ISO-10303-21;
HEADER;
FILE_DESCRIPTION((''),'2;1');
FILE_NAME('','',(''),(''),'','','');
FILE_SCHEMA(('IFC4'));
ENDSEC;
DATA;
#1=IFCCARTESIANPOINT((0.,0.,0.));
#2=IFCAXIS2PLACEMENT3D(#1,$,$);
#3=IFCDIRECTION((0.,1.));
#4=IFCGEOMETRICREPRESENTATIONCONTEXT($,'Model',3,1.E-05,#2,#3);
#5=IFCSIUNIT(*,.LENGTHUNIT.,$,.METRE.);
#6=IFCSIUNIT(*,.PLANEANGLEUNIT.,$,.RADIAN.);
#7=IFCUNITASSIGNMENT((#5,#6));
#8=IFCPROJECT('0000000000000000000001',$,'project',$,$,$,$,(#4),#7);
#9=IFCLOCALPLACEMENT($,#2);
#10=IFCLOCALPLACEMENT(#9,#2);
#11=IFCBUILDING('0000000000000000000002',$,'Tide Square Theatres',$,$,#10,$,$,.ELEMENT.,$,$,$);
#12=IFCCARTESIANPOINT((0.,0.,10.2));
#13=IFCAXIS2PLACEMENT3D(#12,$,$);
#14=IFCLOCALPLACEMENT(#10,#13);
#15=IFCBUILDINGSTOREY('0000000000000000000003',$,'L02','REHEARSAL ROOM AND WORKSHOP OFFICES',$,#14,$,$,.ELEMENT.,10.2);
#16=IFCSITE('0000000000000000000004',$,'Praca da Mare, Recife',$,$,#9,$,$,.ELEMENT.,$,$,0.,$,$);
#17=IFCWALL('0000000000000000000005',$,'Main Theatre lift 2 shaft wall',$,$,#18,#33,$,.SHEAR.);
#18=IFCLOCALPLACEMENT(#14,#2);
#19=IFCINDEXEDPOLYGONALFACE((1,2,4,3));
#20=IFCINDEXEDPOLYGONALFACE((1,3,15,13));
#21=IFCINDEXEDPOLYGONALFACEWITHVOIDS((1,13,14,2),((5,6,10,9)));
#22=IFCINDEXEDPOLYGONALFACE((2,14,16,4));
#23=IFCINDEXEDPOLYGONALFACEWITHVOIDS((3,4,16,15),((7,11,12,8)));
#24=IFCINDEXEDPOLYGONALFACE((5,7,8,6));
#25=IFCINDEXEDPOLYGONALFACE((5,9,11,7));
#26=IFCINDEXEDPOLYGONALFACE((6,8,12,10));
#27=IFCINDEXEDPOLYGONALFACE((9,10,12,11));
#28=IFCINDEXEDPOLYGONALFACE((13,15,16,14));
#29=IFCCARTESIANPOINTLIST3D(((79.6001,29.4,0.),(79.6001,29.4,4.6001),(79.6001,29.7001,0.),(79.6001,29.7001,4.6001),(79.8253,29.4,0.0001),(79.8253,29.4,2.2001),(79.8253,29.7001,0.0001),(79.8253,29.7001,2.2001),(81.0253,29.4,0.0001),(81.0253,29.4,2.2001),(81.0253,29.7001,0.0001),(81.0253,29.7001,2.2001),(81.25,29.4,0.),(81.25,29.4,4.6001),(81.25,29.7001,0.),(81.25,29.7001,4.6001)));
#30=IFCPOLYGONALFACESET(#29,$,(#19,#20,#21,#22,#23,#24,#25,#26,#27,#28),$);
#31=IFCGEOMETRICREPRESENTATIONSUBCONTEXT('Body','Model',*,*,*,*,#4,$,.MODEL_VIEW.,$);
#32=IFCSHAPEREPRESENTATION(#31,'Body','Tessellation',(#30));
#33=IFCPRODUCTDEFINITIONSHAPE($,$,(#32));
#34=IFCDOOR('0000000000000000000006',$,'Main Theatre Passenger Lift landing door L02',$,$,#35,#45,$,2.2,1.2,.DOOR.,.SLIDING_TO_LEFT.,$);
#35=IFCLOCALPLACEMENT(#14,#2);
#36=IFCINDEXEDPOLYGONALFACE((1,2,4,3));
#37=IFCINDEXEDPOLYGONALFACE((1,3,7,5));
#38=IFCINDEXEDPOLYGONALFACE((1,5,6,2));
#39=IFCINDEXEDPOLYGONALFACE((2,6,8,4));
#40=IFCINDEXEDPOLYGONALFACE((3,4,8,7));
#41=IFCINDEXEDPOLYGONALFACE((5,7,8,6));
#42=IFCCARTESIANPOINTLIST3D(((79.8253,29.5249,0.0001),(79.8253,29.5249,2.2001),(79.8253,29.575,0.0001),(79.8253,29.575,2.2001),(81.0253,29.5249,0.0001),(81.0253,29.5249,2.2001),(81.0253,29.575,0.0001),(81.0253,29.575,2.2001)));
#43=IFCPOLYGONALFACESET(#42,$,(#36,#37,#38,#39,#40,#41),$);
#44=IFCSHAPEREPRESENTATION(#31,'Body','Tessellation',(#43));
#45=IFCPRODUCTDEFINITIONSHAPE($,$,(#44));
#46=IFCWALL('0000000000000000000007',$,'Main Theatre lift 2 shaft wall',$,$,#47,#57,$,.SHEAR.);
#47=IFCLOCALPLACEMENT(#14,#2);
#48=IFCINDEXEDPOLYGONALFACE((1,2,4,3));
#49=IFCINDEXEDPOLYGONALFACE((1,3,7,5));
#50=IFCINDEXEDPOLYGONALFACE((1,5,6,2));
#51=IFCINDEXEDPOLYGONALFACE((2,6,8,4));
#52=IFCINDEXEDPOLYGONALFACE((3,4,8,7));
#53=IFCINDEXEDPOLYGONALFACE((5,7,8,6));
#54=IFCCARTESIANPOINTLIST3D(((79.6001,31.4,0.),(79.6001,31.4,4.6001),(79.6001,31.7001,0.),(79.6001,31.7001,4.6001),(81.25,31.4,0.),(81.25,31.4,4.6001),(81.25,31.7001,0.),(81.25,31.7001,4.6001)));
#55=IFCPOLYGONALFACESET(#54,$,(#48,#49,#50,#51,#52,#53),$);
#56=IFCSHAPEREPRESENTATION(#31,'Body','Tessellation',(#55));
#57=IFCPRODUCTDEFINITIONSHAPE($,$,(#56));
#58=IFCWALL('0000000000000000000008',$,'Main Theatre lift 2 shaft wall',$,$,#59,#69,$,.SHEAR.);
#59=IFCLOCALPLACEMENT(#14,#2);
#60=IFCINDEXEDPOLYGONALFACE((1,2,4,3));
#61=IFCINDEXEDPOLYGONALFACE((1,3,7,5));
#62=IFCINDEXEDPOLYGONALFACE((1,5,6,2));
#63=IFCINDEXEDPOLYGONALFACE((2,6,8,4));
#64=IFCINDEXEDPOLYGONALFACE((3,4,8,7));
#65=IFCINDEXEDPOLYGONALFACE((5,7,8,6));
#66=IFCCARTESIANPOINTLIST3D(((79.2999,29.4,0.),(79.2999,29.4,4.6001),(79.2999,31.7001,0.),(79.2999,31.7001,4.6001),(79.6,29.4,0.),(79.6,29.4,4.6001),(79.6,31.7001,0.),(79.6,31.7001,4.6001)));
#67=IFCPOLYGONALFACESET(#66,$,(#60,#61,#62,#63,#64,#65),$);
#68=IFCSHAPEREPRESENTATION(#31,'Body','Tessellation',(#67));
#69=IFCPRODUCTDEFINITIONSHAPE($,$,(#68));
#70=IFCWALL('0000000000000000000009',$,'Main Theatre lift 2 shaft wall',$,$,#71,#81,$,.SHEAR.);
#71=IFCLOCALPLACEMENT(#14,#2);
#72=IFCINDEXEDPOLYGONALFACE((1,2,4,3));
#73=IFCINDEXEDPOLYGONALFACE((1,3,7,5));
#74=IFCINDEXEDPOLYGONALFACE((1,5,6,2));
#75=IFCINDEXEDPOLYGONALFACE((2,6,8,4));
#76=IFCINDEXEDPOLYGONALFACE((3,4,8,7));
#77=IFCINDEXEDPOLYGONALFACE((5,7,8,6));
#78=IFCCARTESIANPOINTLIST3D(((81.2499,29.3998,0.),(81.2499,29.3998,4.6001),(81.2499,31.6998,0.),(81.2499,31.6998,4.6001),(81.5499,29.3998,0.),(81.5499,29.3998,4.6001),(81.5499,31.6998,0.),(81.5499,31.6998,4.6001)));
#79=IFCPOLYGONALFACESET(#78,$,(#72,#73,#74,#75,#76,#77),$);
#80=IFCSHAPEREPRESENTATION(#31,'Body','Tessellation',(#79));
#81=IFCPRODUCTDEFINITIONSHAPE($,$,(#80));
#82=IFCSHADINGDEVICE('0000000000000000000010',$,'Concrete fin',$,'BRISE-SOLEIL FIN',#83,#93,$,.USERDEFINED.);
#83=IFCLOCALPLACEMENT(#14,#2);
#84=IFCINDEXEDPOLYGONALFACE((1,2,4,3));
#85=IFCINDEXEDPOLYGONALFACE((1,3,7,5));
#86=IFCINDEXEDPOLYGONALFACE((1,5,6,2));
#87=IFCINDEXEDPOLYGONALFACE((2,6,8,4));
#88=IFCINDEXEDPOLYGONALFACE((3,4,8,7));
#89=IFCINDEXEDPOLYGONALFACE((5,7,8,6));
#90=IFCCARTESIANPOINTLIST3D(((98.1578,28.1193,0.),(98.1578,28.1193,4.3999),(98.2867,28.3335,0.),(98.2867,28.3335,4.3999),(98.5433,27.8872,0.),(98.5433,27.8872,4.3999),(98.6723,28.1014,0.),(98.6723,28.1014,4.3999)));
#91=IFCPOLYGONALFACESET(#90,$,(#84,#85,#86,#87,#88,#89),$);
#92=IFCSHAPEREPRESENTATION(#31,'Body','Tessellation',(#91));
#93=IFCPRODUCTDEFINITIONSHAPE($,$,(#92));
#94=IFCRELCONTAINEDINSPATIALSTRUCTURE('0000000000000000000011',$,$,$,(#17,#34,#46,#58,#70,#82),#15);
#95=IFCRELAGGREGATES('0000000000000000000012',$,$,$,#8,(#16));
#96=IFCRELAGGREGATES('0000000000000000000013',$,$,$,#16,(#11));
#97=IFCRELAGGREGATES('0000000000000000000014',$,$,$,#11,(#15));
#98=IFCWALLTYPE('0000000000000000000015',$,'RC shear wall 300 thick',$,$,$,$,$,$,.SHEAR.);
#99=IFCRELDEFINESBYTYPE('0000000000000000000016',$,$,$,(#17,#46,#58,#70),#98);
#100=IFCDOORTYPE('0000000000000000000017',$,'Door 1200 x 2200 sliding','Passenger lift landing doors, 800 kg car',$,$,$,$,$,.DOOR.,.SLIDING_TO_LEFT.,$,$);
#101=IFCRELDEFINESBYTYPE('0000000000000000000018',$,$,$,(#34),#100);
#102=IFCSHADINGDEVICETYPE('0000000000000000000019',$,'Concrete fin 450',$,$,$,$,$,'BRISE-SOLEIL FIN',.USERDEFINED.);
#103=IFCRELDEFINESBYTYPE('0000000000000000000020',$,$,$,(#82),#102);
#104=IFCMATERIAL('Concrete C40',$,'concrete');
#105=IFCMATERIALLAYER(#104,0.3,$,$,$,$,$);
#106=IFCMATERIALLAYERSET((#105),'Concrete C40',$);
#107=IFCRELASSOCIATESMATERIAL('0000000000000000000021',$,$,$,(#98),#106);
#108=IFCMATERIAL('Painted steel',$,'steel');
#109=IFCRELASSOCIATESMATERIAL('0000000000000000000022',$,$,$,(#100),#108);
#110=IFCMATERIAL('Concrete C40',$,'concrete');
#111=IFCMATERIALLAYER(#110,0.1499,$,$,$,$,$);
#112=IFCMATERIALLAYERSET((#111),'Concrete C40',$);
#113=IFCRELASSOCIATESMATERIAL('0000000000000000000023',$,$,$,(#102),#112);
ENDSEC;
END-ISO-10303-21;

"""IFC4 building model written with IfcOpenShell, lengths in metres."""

from ifc_helpers import new_model, si_unit, direction, frame, frame_2d, origin, origin_2d, place, context, subcontext, project, spatial, rectangle, extrude, material, layer, layer_set, type_object, element, fill, save


model = new_model("IFC4")

# Units and contexts
model_context = context("Model", 3, precision=1e-05, world=origin(), true_north=direction((0.0, 1.0)))
body_context = subcontext(model_context, "Body", "Model", "MODEL_VIEW")
ifc_project = project(units=[si_unit("LENGTHUNIT", "METRE"), si_unit("PLANEANGLEUNIT", "RADIAN")], contexts=[model_context])

# Site, building, storey
site_placement = place(None, origin())
site = spatial("IfcSite", under=ifc_project, at=site_placement, Name="Praca da Mare, Recife", CompositionType="ELEMENT", RefElevation=0.0)
building_placement = place(site_placement, origin())
building = spatial("IfcBuilding", under=site, at=building_placement, Name="Tide Square Theatres", CompositionType="ELEMENT")
storey_placement = place(building_placement, frame((0.0, 0.0, 10.2)))
storey = spatial("IfcBuildingStorey", under=building, at=storey_placement, Name="L02", Description="REHEARSAL ROOM AND WORKSHOP OFFICES", CompositionType="ELEMENT", Elevation=10.2)

# Shared definitions
ifc_material_1 = material(Name="Concrete C40", Category="concrete")
ifc_layer_1 = layer(ifc_material_1, 0.3)
ifc_layer_set_1 = layer_set([ifc_layer_1], Name="Concrete C40")
wall_type_1 = type_object("IfcWallType", Name="RC shear wall 300 thick", PredefinedType="SHEAR", material=ifc_layer_set_1)

# Wall, opening, door
wall_1_placement = place(storey_placement, frame((79.6001, 29.55, 0.0), z_axis=(0.0, 0.0, 1.0), x_axis=(1.0, 0.0, 0.0)))
wall_1 = element("IfcWall", 1, at=wall_1_placement, inside=storey, type_object=wall_type_1, Name="Main Theatre lift 2 shaft wall", PredefinedType="SHEAR", context=body_context, shape_type="SweptSolid", body=[
    extrude(rectangle(XDim=1.6499, YDim=0.3, at=frame_2d((0.825, 0.0))), origin(), (0.0, 0.0, 1.0), 4.6001),
])
opening_1_placement = place(wall_1_placement, frame((0.2251, 0.0, 0.0)))
opening_1 = element("IfcOpeningElement", 2, at=opening_1_placement, cuts=wall_1, PredefinedType="OPENING", context=body_context, shape_type="SweptSolid", body=[
    extrude(rectangle(XDim=1.2, YDim=2.2, at=frame_2d((0.6001, 1.1001))), frame((0.0, 0.1599, 0.0), z_axis=(0.0, -1.0, 0.0), x_axis=(1.0, 0.0, 0.0)), (0.0, 0.0, 1.0), 0.3201),
])
ifc_material_2 = material(Name="Painted steel", Category="steel")
door_type_1 = type_object("IfcDoorType", Name="Door 1200 x 2200 sliding", Description="Passenger lift landing doors, 800 kg car", OperationType="SLIDING_TO_LEFT", PredefinedType="DOOR", material=ifc_material_2)
door_1_placement = place(opening_1_placement, origin())
door_1 = element("IfcDoor", 3, at=door_1_placement, inside=storey, type_object=door_type_1, Name="Main Theatre Passenger Lift landing door L02", OperationType="SLIDING_TO_LEFT", OverallHeight=2.2, OverallWidth=1.2, PredefinedType="DOOR", context=body_context, shape_type="SweptSolid", body=[
    extrude(rectangle(XDim=1.2, YDim=2.2, at=frame_2d((0.6001, 1.1001))), frame((0.0, 0.0249, 0.0), z_axis=(0.0, -1.0, 0.0), x_axis=(1.0, 0.0, 0.0)), (0.0, 0.0, 1.0), 0.05),
])
fill(opening_1, door_1)

# Walls
wall_2_placement = place(storey_placement, frame((81.25, 31.55, 0.0), z_axis=(0.0, 0.0, 1.0), x_axis=(-1.0, 0.0, 0.0)))
element("IfcWall", 4, at=wall_2_placement, inside=storey, type_object=wall_type_1, Name="Main Theatre lift 2 shaft wall", PredefinedType="SHEAR", context=body_context, shape_type="SweptSolid", body=[
    extrude(rectangle(XDim=1.6499, YDim=0.3, at=frame_2d((0.825, 0.0))), origin(), (0.0, 0.0, 1.0), 4.6001),
])
for number, where, z_axis, x_axis, name in (
    (5, (79.45, 31.7, 0.0), (0.0, 0.0, 1.0), (0.0, -1.0, 0.0), "Main Theatre lift 2 shaft wall"),
    (6, (81.3999, 29.3999, 0.0), (0.0, 0.0, 1.0), (0.0, 1.0, 0.0), "Main Theatre lift 2 shaft wall"),
):
    element("IfcWall", number, at=place(storey_placement, frame(where, z_axis=z_axis, x_axis=x_axis)), inside=storey, type_object=wall_type_1, Name=name, PredefinedType="SHEAR", context=body_context, shape_type="SweptSolid", body=[
        extrude(rectangle(XDim=2.3, YDim=0.3, at=frame_2d((1.1499, 0.0))), origin(), (0.0, 0.0, 1.0), 4.6001),
    ])

# Shading device
ifc_material_3 = material(Name="Concrete C40", Category="concrete")
ifc_layer_2 = layer(ifc_material_3, 0.1499)
ifc_layer_set_2 = layer_set([ifc_layer_2], Name="Concrete C40")
shading_device_type = type_object("IfcShadingDeviceType", Name="Concrete fin 450", ElementType="BRISE-SOLEIL FIN", PredefinedType="USERDEFINED", material=ifc_layer_set_2)
shading_device_placement = place(storey_placement, frame((98.415, 28.1104, 0.0), z_axis=(0.0, 0.0, 1.0), x_axis=(0.515681, 0.856781, 0.0)))
element("IfcShadingDevice", 7, at=shading_device_placement, inside=storey, type_object=shading_device_type, Name="Concrete fin", ObjectType="BRISE-SOLEIL FIN", PredefinedType="USERDEFINED", context=body_context, shape_type="SweptSolid", body=[
    extrude(rectangle(XDim=0.25, YDim=0.45, at=origin_2d()), origin(), (0.0, 0.0, 1.0), 4.3999),
])

save(model, "model.ifc")
